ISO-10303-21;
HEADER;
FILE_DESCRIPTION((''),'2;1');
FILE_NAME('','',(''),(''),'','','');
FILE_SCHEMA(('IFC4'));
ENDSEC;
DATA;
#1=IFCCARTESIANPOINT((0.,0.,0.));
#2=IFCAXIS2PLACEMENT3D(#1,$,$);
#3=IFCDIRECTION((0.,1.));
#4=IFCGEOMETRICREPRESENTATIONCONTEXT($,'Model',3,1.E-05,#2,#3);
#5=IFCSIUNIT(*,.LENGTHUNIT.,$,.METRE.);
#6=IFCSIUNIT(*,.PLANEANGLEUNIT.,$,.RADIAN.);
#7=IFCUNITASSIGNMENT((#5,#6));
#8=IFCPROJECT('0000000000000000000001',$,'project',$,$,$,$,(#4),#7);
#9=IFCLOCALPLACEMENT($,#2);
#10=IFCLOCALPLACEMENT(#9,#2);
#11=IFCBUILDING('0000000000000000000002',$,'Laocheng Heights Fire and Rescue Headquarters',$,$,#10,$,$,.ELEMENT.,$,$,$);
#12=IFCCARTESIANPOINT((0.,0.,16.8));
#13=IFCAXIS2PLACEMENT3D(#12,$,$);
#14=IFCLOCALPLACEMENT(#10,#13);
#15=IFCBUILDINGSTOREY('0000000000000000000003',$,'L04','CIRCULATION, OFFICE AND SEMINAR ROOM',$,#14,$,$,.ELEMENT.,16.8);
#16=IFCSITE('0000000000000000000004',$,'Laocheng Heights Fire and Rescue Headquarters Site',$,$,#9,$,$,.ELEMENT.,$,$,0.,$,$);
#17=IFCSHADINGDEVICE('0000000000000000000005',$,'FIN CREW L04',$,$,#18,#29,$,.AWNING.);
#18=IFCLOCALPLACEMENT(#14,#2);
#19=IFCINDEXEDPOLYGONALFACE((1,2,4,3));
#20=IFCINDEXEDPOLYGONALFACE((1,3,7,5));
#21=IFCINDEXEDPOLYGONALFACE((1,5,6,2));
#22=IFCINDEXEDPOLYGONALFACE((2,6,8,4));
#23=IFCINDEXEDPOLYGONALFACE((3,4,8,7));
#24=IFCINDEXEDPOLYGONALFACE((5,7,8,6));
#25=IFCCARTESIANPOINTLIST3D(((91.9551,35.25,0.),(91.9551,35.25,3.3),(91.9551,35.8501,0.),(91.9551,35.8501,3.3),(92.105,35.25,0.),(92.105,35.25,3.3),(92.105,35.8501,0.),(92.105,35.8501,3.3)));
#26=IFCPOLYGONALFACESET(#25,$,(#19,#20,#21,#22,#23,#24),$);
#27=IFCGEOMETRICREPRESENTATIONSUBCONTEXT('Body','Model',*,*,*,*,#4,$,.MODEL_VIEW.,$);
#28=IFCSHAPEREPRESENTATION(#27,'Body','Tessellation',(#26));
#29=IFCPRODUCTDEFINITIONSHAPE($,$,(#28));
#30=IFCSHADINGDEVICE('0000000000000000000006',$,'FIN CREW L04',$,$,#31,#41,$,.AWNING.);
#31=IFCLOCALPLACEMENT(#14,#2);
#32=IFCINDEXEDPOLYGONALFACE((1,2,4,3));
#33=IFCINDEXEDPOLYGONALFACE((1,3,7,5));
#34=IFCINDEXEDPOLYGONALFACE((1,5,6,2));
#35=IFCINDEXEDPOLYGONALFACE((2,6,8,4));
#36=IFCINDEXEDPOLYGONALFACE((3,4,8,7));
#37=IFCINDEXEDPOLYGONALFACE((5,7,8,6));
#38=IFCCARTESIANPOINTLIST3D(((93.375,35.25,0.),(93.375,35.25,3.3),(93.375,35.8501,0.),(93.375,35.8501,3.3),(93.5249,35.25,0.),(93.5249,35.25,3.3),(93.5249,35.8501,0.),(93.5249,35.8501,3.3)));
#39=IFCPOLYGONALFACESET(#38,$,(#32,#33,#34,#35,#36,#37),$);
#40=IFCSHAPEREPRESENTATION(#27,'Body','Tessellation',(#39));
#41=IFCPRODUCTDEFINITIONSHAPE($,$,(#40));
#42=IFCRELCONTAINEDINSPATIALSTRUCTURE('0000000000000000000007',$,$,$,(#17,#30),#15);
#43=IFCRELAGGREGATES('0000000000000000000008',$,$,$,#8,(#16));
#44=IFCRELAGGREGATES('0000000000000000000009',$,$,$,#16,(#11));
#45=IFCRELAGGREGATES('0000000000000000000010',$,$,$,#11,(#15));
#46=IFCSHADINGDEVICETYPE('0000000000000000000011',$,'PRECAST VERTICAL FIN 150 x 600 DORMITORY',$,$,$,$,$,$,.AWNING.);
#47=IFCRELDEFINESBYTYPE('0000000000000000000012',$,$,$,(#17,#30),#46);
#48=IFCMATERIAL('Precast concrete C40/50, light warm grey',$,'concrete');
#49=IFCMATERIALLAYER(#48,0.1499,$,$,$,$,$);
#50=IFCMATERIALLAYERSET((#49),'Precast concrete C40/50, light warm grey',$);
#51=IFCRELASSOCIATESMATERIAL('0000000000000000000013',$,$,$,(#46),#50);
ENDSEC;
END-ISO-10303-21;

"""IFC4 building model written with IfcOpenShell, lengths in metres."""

from ifc_helpers import new_model, si_unit, direction, frame, origin, origin_2d, place, context, subcontext, project, spatial, rectangle, extrude, material, layer, layer_set, type_object, element, save


model = new_model("IFC4")

# Units and contexts
model_context = context("Model", 3, precision=1e-05, world=origin(), true_north=direction((0.0, 1.0)))
body_context = subcontext(model_context, "Body", "Model", "MODEL_VIEW")
ifc_project = project(units=[si_unit("LENGTHUNIT", "METRE"), si_unit("PLANEANGLEUNIT", "RADIAN")], contexts=[model_context])

# Site, building, storey
site_placement = place(None, origin())
site = spatial("IfcSite", under=ifc_project, at=site_placement, Name="Laocheng Heights Fire and Rescue Headquarters Site", CompositionType="ELEMENT", RefElevation=0.0)
building_placement = place(site_placement, origin())
building = spatial("IfcBuilding", under=site, at=building_placement, Name="Laocheng Heights Fire and Rescue Headquarters", CompositionType="ELEMENT")
storey_placement = place(building_placement, frame((0.0, 0.0, 16.8)))
storey = spatial("IfcBuildingStorey", under=building, at=storey_placement, Name="L04", Description="CIRCULATION, OFFICE AND SEMINAR ROOM", CompositionType="ELEMENT", Elevation=16.8)

# Shading devices
ifc_material_1 = material(Name="Precast concrete C40/50, light warm grey", Category="concrete")
ifc_layer_1 = layer(ifc_material_1, 0.1499)
ifc_layer_set_1 = layer_set([ifc_layer_1], Name="Precast concrete C40/50, light warm grey")
shading_device_type = type_object("IfcShadingDeviceType", Name="PRECAST VERTICAL FIN 150 x 600 DORMITORY", PredefinedType="AWNING", material=ifc_layer_set_1)
for number, where, z_axis, x_axis, name in (
    (1, (92.03, 35.55, 0.0), (0.0, 0.0, 1.0), (1.0, 0.0, 0.0), "FIN CREW L04"),
    (2, (93.45, 35.55, 0.0), (0.0, 0.0, 1.0), (1.0, 0.0, 0.0), "FIN CREW L04"),
):
    element("IfcShadingDevice", number, at=place(storey_placement, frame(where, z_axis=z_axis, x_axis=x_axis)), inside=storey, type_object=shading_device_type, Name=name, PredefinedType="AWNING", context=body_context, shape_type="SweptSolid", body=[
        extrude(rectangle(XDim=0.1499, YDim=0.6001, at=origin_2d()), origin(), (0.0, 0.0, 1.0), 3.3),
    ])

save(model, "model.ifc")
